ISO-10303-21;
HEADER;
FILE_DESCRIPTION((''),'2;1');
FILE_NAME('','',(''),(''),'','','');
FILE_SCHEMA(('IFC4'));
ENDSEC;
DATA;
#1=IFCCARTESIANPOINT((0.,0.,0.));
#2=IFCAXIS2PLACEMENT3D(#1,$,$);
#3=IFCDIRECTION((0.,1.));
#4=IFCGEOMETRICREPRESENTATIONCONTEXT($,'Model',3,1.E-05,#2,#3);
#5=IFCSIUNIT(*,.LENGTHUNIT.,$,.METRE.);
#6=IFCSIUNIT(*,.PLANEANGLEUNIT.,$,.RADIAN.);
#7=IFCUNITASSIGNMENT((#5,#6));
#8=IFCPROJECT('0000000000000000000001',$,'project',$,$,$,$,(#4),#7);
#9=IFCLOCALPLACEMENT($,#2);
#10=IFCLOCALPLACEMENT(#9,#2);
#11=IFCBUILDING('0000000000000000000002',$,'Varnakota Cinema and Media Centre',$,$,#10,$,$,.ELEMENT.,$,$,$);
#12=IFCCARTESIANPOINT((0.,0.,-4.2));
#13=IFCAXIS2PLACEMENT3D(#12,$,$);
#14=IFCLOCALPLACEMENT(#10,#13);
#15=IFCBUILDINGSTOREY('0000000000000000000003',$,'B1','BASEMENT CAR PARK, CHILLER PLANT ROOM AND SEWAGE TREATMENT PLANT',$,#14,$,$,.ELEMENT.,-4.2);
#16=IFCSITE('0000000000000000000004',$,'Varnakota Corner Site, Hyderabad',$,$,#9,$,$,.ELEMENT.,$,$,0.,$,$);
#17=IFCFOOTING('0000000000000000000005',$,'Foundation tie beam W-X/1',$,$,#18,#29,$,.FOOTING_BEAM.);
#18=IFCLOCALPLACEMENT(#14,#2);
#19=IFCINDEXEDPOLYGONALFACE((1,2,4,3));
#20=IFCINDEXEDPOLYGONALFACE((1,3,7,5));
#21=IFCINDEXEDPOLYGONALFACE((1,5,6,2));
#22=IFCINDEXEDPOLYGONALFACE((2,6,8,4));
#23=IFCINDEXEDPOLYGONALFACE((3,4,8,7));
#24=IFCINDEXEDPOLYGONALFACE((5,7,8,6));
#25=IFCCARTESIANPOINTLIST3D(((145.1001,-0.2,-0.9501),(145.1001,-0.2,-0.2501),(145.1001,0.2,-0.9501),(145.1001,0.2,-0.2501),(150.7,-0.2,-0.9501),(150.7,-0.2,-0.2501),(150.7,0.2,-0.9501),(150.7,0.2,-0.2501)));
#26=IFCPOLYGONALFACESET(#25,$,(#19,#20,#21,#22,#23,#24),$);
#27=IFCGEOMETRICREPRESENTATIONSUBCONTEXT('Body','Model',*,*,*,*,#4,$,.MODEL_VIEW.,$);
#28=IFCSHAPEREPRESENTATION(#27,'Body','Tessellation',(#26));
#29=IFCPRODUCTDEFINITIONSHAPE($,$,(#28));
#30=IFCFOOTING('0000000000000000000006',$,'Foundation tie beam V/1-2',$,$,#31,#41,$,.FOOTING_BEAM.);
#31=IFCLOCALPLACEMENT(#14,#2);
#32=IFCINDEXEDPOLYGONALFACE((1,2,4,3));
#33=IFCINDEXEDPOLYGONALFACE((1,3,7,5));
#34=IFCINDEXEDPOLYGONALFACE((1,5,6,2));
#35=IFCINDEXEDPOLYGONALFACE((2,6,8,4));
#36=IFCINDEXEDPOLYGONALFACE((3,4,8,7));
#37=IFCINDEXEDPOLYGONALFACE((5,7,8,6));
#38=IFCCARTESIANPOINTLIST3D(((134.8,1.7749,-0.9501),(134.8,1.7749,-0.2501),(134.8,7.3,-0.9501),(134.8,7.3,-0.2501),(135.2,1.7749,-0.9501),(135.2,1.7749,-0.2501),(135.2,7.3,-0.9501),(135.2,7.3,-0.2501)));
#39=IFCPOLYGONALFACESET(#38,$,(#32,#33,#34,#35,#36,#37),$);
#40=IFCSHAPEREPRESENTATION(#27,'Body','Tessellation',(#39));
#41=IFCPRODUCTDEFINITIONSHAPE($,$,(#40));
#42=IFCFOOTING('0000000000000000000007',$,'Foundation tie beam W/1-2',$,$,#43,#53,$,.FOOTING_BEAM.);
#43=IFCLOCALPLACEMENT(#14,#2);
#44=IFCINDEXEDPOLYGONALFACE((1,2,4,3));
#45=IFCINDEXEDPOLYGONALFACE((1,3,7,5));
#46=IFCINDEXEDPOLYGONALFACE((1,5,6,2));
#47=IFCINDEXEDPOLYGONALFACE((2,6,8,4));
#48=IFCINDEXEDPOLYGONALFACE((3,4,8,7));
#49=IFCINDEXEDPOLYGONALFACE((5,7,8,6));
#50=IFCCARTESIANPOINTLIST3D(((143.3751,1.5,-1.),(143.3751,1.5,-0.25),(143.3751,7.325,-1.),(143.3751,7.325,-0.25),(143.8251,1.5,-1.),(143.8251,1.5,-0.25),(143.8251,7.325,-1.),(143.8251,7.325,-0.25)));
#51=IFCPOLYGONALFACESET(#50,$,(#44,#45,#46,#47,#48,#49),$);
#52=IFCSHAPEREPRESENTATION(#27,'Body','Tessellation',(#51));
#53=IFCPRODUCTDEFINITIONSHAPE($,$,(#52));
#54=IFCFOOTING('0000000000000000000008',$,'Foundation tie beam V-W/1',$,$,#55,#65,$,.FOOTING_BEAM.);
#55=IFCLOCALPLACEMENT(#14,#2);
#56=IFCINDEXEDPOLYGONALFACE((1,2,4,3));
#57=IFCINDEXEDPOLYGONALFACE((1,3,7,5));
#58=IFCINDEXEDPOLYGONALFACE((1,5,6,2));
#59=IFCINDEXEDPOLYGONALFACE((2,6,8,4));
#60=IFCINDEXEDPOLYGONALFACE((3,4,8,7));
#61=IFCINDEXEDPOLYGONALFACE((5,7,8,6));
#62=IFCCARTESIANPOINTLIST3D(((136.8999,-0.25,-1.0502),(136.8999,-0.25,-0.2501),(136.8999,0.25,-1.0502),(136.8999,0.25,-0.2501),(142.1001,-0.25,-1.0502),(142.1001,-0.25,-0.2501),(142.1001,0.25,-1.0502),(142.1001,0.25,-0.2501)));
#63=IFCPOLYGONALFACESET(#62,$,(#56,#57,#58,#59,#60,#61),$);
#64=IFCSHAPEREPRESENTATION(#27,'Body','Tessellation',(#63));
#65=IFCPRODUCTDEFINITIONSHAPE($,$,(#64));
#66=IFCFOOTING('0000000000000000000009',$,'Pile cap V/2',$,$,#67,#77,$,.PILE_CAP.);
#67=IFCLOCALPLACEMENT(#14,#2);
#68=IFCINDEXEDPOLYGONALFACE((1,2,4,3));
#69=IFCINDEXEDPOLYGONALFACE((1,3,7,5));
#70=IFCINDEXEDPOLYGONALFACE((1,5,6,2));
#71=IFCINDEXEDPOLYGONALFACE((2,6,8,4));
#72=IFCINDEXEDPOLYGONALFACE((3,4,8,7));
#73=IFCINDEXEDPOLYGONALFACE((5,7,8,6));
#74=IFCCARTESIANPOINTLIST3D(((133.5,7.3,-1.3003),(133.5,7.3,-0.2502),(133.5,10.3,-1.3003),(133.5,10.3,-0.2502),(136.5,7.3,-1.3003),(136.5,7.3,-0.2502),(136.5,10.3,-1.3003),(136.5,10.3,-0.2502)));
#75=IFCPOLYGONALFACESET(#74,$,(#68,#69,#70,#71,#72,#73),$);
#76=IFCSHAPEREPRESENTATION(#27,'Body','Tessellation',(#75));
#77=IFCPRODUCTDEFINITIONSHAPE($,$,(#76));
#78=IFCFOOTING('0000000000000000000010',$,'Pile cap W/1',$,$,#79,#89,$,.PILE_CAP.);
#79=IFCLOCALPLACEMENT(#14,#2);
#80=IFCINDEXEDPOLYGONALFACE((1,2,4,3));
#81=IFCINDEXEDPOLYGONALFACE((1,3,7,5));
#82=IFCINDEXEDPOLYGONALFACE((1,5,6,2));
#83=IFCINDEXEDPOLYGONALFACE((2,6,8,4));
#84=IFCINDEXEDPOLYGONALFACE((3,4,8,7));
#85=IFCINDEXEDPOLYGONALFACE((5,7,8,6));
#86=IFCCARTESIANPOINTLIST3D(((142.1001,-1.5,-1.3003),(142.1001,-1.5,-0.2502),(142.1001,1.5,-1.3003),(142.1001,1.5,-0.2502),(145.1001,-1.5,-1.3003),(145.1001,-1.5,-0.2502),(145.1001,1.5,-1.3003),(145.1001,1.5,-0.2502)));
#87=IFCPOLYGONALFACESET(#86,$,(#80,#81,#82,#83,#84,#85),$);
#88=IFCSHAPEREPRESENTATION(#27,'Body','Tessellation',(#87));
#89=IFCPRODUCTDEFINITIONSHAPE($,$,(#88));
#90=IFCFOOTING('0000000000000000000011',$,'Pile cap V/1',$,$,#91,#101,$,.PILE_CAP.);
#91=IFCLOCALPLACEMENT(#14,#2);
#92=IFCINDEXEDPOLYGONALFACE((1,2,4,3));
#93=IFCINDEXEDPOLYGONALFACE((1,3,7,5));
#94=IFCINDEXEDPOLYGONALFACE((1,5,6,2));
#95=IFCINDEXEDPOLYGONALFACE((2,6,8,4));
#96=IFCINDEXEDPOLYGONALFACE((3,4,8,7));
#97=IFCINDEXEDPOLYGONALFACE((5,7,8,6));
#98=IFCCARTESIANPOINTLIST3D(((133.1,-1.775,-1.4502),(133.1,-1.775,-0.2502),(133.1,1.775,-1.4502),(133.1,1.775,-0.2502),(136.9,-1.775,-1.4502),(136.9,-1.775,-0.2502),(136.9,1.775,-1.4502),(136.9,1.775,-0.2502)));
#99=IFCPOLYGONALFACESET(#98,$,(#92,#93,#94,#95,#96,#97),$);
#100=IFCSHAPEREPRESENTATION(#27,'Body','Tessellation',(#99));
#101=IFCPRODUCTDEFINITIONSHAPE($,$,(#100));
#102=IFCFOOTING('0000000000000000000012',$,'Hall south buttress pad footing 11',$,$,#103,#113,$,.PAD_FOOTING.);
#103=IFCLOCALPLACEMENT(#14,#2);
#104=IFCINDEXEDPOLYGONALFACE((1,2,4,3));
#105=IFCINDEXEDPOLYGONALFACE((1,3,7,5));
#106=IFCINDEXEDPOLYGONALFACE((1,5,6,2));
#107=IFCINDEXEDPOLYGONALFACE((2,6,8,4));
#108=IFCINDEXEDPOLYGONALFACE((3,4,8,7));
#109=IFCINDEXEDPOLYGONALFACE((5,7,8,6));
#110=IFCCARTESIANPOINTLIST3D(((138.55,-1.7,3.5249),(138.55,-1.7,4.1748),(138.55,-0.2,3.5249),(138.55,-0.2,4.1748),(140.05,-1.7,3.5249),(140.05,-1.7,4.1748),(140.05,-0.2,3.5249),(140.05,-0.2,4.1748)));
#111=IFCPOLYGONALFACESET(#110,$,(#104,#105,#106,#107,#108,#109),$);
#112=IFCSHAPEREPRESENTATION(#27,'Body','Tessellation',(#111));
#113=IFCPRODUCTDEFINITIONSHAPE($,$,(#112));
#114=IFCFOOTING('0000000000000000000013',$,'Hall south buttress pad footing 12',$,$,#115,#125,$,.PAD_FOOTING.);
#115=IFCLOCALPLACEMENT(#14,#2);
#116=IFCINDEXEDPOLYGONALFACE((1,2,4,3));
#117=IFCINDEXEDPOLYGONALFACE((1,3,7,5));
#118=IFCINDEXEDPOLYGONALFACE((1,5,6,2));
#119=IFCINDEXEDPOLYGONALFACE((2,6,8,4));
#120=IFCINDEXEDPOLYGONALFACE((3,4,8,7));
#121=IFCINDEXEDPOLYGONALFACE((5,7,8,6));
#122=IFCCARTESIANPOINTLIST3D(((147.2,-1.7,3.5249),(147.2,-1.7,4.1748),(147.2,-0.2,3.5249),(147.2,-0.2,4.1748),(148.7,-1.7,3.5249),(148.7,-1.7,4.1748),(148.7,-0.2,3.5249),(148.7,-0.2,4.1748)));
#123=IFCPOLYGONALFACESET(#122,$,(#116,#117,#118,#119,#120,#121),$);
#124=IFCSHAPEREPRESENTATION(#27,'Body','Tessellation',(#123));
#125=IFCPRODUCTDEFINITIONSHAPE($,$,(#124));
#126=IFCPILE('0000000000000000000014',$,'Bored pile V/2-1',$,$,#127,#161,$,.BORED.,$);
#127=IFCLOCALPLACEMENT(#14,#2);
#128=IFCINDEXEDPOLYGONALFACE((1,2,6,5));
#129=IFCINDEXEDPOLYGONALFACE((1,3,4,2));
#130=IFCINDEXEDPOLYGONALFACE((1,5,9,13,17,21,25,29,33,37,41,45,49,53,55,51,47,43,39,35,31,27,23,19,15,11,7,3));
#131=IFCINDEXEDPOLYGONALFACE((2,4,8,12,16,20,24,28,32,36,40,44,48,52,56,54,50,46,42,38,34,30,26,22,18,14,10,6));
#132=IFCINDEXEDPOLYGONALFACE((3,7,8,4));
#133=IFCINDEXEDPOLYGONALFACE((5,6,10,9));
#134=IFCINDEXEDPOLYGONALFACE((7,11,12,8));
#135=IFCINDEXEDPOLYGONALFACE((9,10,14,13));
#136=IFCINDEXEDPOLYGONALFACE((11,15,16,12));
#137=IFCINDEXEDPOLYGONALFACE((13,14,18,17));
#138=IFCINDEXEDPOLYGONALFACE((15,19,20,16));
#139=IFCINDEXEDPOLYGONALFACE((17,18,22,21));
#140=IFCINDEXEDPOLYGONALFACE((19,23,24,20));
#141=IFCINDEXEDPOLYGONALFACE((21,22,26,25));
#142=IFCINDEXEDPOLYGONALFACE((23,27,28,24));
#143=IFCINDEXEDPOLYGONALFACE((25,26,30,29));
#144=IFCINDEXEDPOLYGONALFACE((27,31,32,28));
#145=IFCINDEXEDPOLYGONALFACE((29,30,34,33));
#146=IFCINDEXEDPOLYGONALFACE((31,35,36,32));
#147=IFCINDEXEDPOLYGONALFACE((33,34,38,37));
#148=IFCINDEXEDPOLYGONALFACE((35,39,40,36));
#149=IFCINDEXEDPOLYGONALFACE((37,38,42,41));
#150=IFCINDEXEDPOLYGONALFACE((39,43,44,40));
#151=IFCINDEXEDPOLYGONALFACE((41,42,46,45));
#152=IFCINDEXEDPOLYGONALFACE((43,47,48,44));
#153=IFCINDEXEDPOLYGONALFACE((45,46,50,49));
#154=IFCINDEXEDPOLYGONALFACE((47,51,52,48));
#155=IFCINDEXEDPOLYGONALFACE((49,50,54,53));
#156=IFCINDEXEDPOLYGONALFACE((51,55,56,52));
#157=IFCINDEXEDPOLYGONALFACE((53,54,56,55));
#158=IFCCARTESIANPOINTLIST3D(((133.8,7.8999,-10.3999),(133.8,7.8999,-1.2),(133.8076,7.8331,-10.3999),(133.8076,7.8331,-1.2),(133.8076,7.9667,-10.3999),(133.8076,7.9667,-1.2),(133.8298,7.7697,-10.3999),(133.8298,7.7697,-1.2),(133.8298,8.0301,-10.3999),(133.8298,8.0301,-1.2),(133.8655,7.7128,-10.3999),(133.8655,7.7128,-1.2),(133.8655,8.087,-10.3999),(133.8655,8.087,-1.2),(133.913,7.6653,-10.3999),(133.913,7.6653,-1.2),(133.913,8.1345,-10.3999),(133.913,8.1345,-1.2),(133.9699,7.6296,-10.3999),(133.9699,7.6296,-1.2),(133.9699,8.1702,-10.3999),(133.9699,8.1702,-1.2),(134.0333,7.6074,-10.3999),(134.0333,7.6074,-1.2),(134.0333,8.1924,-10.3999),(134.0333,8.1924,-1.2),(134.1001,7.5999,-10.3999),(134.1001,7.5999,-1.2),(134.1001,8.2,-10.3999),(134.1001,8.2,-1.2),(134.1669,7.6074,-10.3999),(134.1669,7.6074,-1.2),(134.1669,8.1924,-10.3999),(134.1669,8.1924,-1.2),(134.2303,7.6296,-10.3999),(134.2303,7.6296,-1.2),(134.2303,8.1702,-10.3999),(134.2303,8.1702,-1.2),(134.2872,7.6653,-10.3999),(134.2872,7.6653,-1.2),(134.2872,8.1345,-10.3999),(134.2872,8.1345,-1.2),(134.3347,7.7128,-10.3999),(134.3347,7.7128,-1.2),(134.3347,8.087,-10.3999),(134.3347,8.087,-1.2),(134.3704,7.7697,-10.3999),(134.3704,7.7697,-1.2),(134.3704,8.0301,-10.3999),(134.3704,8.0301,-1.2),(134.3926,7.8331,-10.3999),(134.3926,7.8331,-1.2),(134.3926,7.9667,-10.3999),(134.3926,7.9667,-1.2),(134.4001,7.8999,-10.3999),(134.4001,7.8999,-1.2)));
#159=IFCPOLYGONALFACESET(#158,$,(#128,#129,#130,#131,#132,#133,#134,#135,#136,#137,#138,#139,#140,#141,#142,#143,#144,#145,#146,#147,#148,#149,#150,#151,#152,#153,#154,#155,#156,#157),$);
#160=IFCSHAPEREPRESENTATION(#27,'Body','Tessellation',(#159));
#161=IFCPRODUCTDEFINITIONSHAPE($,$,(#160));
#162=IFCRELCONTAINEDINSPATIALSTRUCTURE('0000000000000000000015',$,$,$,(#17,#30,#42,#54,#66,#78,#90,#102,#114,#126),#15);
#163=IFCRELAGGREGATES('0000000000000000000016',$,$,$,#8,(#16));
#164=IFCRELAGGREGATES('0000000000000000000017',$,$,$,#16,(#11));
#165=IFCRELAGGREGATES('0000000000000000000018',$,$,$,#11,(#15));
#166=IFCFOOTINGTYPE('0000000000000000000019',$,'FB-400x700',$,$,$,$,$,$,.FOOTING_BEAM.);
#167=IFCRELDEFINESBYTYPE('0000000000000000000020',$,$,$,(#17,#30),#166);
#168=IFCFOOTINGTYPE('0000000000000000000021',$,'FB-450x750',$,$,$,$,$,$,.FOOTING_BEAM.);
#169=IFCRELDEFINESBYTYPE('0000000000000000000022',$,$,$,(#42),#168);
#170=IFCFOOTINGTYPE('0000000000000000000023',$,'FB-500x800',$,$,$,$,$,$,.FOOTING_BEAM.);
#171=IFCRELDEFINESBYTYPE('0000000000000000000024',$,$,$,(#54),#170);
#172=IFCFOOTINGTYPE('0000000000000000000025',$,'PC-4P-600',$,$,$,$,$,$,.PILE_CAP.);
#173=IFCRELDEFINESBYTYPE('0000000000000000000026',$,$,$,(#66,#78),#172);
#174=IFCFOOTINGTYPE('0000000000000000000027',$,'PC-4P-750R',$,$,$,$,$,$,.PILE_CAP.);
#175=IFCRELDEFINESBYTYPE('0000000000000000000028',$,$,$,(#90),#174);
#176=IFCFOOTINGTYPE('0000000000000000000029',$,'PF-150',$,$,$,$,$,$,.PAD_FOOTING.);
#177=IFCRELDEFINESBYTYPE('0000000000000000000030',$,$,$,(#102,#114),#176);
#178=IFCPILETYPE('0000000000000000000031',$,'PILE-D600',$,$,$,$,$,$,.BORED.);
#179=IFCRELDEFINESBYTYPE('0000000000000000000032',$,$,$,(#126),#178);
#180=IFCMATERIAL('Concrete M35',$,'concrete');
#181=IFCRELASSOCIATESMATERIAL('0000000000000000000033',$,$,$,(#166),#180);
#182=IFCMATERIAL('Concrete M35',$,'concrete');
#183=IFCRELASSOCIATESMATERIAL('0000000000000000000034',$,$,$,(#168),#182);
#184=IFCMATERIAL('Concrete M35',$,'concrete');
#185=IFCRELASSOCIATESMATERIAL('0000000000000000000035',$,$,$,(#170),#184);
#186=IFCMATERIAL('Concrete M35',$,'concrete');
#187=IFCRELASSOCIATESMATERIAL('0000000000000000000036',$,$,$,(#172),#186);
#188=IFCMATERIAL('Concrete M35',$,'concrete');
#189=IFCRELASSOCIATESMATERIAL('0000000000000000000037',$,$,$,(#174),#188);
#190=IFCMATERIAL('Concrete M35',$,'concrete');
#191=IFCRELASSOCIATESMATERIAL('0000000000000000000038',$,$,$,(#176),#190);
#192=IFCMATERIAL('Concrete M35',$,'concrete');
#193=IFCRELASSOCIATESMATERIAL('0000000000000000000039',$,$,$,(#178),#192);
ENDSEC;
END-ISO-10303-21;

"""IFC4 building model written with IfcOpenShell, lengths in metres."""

from ifc_helpers import new_model, si_unit, direction, frame, origin, origin_2d, place, context, subcontext, project, spatial, rectangle, circle, extrude, material, material_profile, profile_set, type_object, element, save


model = new_model("IFC4")

# Units and contexts
model_context = context("Model", 3, precision=1e-05, world=origin(), true_north=direction((0.0, 1.0)))
body_context = subcontext(model_context, "Body", "Model", "MODEL_VIEW")
ifc_project = project(units=[si_unit("LENGTHUNIT", "METRE"), si_unit("PLANEANGLEUNIT", "RADIAN")], contexts=[model_context])

# Site, building, storey
site_placement = place(None, origin())
site = spatial("IfcSite", under=ifc_project, at=site_placement, Name="Varnakota Corner Site, Hyderabad", CompositionType="ELEMENT", RefElevation=0.0)
building_placement = place(site_placement, origin())
building = spatial("IfcBuilding", under=site, at=building_placement, Name="Varnakota Cinema and Media Centre", CompositionType="ELEMENT")
storey_placement = place(building_placement, frame((0.0, 0.0, -4.2)))
storey = spatial("IfcBuildingStorey", under=building, at=storey_placement, Name="B1", Description="BASEMENT CAR PARK, CHILLER PLANT ROOM AND SEWAGE TREATMENT PLANT", CompositionType="ELEMENT", Elevation=-4.2)

# Footings
ifc_material_1 = material(Name="Concrete M35", Category="concrete")
ifc_material_profile_1 = material_profile(ifc_material_1, rectangle(XDim=0.3999, YDim=0.7, at=origin_2d()), Name="FB 400x700")
ifc_profile_set_1 = profile_set([ifc_material_profile_1], Name="Concrete M35")
footing_type_1 = type_object("IfcFootingType", Name="FB-400x700", PredefinedType="FOOTING_BEAM", material=ifc_profile_set_1)
footing_1_placement = place(storey_placement, frame((145.1001, 0.0, -0.6001), z_axis=(1.0, 0.0, 0.0), x_axis=(0.0, 1.0, 0.0)))
element("IfcFooting", 1, at=footing_1_placement, inside=storey, type_object=footing_type_1, Name="Foundation tie beam W-X/1", PredefinedType="FOOTING_BEAM", context=body_context, shape_type="SweptSolid", body=[
    extrude(rectangle(XDim=0.3999, YDim=0.7, at=origin_2d()), origin(), (0.0, 0.0, 1.0), 5.5999),
])
footing_2_placement = place(storey_placement, frame((135.0, 1.7749, -0.6001), z_axis=(0.0, 1.0, 0.0), x_axis=(-1.0, 0.0, 0.0)))
element("IfcFooting", 2, at=footing_2_placement, inside=storey, type_object=footing_type_1, Name="Foundation tie beam V/1-2", PredefinedType="FOOTING_BEAM", context=body_context, shape_type="SweptSolid", body=[
    extrude(rectangle(XDim=0.3999, YDim=0.7, at=origin_2d()), origin(), (0.0, 0.0, 1.0), 5.5251),
])
ifc_material_2 = material(Name="Concrete M35", Category="concrete")
ifc_material_profile_2 = material_profile(ifc_material_2, rectangle(XDim=0.45, YDim=0.75, at=origin_2d()), Name="FB 450x750")
ifc_profile_set_2 = profile_set([ifc_material_profile_2], Name="Concrete M35")
footing_type_2 = type_object("IfcFootingType", Name="FB-450x750", PredefinedType="FOOTING_BEAM", material=ifc_profile_set_2)
footing_3_placement = place(storey_placement, frame((143.6001, 1.5, -0.625), z_axis=(0.0, 1.0, 0.0), x_axis=(-1.0, 0.0, 0.0)))
element("IfcFooting", 3, at=footing_3_placement, inside=storey, type_object=footing_type_2, Name="Foundation tie beam W/1-2", PredefinedType="FOOTING_BEAM", context=body_context, shape_type="SweptSolid", body=[
    extrude(rectangle(XDim=0.45, YDim=0.75, at=origin_2d()), origin(), (0.0, 0.0, 1.0), 5.825),
])
ifc_material_3 = material(Name="Concrete M35", Category="concrete")
ifc_material_profile_3 = material_profile(ifc_material_3, rectangle(XDim=0.5, YDim=0.8, at=origin_2d()), Name="FB 500x800")
ifc_profile_set_3 = profile_set([ifc_material_profile_3], Name="Concrete M35")
footing_type_3 = type_object("IfcFootingType", Name="FB-500x800", PredefinedType="FOOTING_BEAM", material=ifc_profile_set_3)
footing_4_placement = place(storey_placement, frame((136.8999, 0.0, -0.6501), z_axis=(1.0, 0.0, 0.0), x_axis=(0.0, 1.0, 0.0)))
element("IfcFooting", 4, at=footing_4_placement, inside=storey, type_object=footing_type_3, Name="Foundation tie beam V-W/1", PredefinedType="FOOTING_BEAM", context=body_context, shape_type="SweptSolid", body=[
    extrude(rectangle(XDim=0.5, YDim=0.8, at=origin_2d()), origin(), (0.0, 0.0, 1.0), 5.2002),
])
ifc_material_4 = material(Name="Concrete M35", Category="concrete")
footing_type_4 = type_object("IfcFootingType", Name="PC-4P-600", PredefinedType="PILE_CAP", material=ifc_material_4)
for number, where, z_axis, x_axis, name in (
    (5, (135.0, 8.8, -1.3003), (0.0, 0.0, 1.0), (1.0, 0.0, 0.0), "Pile cap V/2"),
    (6, (143.6001, 0.0, -1.3003), (0.0, 0.0, 1.0), (1.0, 0.0, 0.0), "Pile cap W/1"),
):
    element("IfcFooting", number, at=place(storey_placement, frame(where, z_axis=z_axis, x_axis=x_axis)), inside=storey, type_object=footing_type_4, Name=name, PredefinedType="PILE_CAP", context=body_context, shape_type="SweptSolid", body=[
        extrude(rectangle(XDim=3.0, YDim=3.0, at=origin_2d()), origin(), (0.0, 0.0, 1.0), 1.05),
    ])
ifc_material_5 = material(Name="Concrete M35", Category="concrete")
footing_type_5 = type_object("IfcFootingType", Name="PC-4P-750R", PredefinedType="PILE_CAP", material=ifc_material_5)
footing_5_placement = place(storey_placement, frame((135.0, 0.0, -1.4502), z_axis=(0.0, 0.0, 1.0), x_axis=(1.0, 0.0, 0.0)))
element("IfcFooting", 7, at=footing_5_placement, inside=storey, type_object=footing_type_5, Name="Pile cap V/1", PredefinedType="PILE_CAP", context=body_context, shape_type="SweptSolid", body=[
    extrude(rectangle(XDim=3.8, YDim=3.55, at=origin_2d()), origin(), (0.0, 0.0, 1.0), 1.2),
])
ifc_material_6 = material(Name="Concrete M35", Category="concrete")
footing_type_6 = type_object("IfcFootingType", Name="PF-150", PredefinedType="PAD_FOOTING", material=ifc_material_6)
for number, where, z_axis, x_axis, name in (
    (8, (139.3, -0.95, 3.5249), (0.0, 0.0, 1.0), (1.0, 0.0, 0.0), "Hall south buttress pad footing 11"),
    (9, (147.95, -0.95, 3.5249), (0.0, 0.0, 1.0), (1.0, 0.0, 0.0), "Hall south buttress pad footing 12"),
):
    element("IfcFooting", number, at=place(storey_placement, frame(where, z_axis=z_axis, x_axis=x_axis)), inside=storey, type_object=footing_type_6, Name=name, PredefinedType="PAD_FOOTING", context=body_context, shape_type="SweptSolid", body=[
        extrude(rectangle(XDim=1.5, YDim=1.5, at=origin_2d()), origin(), (0.0, 0.0, 1.0), 0.6499),
    ])

# Pile
ifc_material_7 = material(Name="Concrete M35", Category="concrete")
ifc_material_profile_4 = material_profile(ifc_material_7, circle(Radius=0.3, at=origin_2d()), Name="PILE D600")
ifc_profile_set_4 = profile_set([ifc_material_profile_4], Name="Concrete M35")
pile_type_1 = type_object("IfcPileType", Name="PILE-D600", PredefinedType="BORED", material=ifc_profile_set_4)
for number, where, z_axis, x_axis, name in (
    (10, (134.1001, 7.8999, -1.2), (0.0, 0.0, -1.0), (1.0, 0.0, 0.0), "Bored pile V/2-1"),
):
    element("IfcPile", number, at=place(storey_placement, frame(where, z_axis=z_axis, x_axis=x_axis)), inside=storey, type_object=pile_type_1, Name=name, PredefinedType="BORED", context=body_context, shape_type="SweptSolid", body=[
        extrude(circle(Radius=0.3, at=origin_2d()), origin(), (0.0, 0.0, 1.0), 9.2),
    ])

save(model, "model.ifc")
